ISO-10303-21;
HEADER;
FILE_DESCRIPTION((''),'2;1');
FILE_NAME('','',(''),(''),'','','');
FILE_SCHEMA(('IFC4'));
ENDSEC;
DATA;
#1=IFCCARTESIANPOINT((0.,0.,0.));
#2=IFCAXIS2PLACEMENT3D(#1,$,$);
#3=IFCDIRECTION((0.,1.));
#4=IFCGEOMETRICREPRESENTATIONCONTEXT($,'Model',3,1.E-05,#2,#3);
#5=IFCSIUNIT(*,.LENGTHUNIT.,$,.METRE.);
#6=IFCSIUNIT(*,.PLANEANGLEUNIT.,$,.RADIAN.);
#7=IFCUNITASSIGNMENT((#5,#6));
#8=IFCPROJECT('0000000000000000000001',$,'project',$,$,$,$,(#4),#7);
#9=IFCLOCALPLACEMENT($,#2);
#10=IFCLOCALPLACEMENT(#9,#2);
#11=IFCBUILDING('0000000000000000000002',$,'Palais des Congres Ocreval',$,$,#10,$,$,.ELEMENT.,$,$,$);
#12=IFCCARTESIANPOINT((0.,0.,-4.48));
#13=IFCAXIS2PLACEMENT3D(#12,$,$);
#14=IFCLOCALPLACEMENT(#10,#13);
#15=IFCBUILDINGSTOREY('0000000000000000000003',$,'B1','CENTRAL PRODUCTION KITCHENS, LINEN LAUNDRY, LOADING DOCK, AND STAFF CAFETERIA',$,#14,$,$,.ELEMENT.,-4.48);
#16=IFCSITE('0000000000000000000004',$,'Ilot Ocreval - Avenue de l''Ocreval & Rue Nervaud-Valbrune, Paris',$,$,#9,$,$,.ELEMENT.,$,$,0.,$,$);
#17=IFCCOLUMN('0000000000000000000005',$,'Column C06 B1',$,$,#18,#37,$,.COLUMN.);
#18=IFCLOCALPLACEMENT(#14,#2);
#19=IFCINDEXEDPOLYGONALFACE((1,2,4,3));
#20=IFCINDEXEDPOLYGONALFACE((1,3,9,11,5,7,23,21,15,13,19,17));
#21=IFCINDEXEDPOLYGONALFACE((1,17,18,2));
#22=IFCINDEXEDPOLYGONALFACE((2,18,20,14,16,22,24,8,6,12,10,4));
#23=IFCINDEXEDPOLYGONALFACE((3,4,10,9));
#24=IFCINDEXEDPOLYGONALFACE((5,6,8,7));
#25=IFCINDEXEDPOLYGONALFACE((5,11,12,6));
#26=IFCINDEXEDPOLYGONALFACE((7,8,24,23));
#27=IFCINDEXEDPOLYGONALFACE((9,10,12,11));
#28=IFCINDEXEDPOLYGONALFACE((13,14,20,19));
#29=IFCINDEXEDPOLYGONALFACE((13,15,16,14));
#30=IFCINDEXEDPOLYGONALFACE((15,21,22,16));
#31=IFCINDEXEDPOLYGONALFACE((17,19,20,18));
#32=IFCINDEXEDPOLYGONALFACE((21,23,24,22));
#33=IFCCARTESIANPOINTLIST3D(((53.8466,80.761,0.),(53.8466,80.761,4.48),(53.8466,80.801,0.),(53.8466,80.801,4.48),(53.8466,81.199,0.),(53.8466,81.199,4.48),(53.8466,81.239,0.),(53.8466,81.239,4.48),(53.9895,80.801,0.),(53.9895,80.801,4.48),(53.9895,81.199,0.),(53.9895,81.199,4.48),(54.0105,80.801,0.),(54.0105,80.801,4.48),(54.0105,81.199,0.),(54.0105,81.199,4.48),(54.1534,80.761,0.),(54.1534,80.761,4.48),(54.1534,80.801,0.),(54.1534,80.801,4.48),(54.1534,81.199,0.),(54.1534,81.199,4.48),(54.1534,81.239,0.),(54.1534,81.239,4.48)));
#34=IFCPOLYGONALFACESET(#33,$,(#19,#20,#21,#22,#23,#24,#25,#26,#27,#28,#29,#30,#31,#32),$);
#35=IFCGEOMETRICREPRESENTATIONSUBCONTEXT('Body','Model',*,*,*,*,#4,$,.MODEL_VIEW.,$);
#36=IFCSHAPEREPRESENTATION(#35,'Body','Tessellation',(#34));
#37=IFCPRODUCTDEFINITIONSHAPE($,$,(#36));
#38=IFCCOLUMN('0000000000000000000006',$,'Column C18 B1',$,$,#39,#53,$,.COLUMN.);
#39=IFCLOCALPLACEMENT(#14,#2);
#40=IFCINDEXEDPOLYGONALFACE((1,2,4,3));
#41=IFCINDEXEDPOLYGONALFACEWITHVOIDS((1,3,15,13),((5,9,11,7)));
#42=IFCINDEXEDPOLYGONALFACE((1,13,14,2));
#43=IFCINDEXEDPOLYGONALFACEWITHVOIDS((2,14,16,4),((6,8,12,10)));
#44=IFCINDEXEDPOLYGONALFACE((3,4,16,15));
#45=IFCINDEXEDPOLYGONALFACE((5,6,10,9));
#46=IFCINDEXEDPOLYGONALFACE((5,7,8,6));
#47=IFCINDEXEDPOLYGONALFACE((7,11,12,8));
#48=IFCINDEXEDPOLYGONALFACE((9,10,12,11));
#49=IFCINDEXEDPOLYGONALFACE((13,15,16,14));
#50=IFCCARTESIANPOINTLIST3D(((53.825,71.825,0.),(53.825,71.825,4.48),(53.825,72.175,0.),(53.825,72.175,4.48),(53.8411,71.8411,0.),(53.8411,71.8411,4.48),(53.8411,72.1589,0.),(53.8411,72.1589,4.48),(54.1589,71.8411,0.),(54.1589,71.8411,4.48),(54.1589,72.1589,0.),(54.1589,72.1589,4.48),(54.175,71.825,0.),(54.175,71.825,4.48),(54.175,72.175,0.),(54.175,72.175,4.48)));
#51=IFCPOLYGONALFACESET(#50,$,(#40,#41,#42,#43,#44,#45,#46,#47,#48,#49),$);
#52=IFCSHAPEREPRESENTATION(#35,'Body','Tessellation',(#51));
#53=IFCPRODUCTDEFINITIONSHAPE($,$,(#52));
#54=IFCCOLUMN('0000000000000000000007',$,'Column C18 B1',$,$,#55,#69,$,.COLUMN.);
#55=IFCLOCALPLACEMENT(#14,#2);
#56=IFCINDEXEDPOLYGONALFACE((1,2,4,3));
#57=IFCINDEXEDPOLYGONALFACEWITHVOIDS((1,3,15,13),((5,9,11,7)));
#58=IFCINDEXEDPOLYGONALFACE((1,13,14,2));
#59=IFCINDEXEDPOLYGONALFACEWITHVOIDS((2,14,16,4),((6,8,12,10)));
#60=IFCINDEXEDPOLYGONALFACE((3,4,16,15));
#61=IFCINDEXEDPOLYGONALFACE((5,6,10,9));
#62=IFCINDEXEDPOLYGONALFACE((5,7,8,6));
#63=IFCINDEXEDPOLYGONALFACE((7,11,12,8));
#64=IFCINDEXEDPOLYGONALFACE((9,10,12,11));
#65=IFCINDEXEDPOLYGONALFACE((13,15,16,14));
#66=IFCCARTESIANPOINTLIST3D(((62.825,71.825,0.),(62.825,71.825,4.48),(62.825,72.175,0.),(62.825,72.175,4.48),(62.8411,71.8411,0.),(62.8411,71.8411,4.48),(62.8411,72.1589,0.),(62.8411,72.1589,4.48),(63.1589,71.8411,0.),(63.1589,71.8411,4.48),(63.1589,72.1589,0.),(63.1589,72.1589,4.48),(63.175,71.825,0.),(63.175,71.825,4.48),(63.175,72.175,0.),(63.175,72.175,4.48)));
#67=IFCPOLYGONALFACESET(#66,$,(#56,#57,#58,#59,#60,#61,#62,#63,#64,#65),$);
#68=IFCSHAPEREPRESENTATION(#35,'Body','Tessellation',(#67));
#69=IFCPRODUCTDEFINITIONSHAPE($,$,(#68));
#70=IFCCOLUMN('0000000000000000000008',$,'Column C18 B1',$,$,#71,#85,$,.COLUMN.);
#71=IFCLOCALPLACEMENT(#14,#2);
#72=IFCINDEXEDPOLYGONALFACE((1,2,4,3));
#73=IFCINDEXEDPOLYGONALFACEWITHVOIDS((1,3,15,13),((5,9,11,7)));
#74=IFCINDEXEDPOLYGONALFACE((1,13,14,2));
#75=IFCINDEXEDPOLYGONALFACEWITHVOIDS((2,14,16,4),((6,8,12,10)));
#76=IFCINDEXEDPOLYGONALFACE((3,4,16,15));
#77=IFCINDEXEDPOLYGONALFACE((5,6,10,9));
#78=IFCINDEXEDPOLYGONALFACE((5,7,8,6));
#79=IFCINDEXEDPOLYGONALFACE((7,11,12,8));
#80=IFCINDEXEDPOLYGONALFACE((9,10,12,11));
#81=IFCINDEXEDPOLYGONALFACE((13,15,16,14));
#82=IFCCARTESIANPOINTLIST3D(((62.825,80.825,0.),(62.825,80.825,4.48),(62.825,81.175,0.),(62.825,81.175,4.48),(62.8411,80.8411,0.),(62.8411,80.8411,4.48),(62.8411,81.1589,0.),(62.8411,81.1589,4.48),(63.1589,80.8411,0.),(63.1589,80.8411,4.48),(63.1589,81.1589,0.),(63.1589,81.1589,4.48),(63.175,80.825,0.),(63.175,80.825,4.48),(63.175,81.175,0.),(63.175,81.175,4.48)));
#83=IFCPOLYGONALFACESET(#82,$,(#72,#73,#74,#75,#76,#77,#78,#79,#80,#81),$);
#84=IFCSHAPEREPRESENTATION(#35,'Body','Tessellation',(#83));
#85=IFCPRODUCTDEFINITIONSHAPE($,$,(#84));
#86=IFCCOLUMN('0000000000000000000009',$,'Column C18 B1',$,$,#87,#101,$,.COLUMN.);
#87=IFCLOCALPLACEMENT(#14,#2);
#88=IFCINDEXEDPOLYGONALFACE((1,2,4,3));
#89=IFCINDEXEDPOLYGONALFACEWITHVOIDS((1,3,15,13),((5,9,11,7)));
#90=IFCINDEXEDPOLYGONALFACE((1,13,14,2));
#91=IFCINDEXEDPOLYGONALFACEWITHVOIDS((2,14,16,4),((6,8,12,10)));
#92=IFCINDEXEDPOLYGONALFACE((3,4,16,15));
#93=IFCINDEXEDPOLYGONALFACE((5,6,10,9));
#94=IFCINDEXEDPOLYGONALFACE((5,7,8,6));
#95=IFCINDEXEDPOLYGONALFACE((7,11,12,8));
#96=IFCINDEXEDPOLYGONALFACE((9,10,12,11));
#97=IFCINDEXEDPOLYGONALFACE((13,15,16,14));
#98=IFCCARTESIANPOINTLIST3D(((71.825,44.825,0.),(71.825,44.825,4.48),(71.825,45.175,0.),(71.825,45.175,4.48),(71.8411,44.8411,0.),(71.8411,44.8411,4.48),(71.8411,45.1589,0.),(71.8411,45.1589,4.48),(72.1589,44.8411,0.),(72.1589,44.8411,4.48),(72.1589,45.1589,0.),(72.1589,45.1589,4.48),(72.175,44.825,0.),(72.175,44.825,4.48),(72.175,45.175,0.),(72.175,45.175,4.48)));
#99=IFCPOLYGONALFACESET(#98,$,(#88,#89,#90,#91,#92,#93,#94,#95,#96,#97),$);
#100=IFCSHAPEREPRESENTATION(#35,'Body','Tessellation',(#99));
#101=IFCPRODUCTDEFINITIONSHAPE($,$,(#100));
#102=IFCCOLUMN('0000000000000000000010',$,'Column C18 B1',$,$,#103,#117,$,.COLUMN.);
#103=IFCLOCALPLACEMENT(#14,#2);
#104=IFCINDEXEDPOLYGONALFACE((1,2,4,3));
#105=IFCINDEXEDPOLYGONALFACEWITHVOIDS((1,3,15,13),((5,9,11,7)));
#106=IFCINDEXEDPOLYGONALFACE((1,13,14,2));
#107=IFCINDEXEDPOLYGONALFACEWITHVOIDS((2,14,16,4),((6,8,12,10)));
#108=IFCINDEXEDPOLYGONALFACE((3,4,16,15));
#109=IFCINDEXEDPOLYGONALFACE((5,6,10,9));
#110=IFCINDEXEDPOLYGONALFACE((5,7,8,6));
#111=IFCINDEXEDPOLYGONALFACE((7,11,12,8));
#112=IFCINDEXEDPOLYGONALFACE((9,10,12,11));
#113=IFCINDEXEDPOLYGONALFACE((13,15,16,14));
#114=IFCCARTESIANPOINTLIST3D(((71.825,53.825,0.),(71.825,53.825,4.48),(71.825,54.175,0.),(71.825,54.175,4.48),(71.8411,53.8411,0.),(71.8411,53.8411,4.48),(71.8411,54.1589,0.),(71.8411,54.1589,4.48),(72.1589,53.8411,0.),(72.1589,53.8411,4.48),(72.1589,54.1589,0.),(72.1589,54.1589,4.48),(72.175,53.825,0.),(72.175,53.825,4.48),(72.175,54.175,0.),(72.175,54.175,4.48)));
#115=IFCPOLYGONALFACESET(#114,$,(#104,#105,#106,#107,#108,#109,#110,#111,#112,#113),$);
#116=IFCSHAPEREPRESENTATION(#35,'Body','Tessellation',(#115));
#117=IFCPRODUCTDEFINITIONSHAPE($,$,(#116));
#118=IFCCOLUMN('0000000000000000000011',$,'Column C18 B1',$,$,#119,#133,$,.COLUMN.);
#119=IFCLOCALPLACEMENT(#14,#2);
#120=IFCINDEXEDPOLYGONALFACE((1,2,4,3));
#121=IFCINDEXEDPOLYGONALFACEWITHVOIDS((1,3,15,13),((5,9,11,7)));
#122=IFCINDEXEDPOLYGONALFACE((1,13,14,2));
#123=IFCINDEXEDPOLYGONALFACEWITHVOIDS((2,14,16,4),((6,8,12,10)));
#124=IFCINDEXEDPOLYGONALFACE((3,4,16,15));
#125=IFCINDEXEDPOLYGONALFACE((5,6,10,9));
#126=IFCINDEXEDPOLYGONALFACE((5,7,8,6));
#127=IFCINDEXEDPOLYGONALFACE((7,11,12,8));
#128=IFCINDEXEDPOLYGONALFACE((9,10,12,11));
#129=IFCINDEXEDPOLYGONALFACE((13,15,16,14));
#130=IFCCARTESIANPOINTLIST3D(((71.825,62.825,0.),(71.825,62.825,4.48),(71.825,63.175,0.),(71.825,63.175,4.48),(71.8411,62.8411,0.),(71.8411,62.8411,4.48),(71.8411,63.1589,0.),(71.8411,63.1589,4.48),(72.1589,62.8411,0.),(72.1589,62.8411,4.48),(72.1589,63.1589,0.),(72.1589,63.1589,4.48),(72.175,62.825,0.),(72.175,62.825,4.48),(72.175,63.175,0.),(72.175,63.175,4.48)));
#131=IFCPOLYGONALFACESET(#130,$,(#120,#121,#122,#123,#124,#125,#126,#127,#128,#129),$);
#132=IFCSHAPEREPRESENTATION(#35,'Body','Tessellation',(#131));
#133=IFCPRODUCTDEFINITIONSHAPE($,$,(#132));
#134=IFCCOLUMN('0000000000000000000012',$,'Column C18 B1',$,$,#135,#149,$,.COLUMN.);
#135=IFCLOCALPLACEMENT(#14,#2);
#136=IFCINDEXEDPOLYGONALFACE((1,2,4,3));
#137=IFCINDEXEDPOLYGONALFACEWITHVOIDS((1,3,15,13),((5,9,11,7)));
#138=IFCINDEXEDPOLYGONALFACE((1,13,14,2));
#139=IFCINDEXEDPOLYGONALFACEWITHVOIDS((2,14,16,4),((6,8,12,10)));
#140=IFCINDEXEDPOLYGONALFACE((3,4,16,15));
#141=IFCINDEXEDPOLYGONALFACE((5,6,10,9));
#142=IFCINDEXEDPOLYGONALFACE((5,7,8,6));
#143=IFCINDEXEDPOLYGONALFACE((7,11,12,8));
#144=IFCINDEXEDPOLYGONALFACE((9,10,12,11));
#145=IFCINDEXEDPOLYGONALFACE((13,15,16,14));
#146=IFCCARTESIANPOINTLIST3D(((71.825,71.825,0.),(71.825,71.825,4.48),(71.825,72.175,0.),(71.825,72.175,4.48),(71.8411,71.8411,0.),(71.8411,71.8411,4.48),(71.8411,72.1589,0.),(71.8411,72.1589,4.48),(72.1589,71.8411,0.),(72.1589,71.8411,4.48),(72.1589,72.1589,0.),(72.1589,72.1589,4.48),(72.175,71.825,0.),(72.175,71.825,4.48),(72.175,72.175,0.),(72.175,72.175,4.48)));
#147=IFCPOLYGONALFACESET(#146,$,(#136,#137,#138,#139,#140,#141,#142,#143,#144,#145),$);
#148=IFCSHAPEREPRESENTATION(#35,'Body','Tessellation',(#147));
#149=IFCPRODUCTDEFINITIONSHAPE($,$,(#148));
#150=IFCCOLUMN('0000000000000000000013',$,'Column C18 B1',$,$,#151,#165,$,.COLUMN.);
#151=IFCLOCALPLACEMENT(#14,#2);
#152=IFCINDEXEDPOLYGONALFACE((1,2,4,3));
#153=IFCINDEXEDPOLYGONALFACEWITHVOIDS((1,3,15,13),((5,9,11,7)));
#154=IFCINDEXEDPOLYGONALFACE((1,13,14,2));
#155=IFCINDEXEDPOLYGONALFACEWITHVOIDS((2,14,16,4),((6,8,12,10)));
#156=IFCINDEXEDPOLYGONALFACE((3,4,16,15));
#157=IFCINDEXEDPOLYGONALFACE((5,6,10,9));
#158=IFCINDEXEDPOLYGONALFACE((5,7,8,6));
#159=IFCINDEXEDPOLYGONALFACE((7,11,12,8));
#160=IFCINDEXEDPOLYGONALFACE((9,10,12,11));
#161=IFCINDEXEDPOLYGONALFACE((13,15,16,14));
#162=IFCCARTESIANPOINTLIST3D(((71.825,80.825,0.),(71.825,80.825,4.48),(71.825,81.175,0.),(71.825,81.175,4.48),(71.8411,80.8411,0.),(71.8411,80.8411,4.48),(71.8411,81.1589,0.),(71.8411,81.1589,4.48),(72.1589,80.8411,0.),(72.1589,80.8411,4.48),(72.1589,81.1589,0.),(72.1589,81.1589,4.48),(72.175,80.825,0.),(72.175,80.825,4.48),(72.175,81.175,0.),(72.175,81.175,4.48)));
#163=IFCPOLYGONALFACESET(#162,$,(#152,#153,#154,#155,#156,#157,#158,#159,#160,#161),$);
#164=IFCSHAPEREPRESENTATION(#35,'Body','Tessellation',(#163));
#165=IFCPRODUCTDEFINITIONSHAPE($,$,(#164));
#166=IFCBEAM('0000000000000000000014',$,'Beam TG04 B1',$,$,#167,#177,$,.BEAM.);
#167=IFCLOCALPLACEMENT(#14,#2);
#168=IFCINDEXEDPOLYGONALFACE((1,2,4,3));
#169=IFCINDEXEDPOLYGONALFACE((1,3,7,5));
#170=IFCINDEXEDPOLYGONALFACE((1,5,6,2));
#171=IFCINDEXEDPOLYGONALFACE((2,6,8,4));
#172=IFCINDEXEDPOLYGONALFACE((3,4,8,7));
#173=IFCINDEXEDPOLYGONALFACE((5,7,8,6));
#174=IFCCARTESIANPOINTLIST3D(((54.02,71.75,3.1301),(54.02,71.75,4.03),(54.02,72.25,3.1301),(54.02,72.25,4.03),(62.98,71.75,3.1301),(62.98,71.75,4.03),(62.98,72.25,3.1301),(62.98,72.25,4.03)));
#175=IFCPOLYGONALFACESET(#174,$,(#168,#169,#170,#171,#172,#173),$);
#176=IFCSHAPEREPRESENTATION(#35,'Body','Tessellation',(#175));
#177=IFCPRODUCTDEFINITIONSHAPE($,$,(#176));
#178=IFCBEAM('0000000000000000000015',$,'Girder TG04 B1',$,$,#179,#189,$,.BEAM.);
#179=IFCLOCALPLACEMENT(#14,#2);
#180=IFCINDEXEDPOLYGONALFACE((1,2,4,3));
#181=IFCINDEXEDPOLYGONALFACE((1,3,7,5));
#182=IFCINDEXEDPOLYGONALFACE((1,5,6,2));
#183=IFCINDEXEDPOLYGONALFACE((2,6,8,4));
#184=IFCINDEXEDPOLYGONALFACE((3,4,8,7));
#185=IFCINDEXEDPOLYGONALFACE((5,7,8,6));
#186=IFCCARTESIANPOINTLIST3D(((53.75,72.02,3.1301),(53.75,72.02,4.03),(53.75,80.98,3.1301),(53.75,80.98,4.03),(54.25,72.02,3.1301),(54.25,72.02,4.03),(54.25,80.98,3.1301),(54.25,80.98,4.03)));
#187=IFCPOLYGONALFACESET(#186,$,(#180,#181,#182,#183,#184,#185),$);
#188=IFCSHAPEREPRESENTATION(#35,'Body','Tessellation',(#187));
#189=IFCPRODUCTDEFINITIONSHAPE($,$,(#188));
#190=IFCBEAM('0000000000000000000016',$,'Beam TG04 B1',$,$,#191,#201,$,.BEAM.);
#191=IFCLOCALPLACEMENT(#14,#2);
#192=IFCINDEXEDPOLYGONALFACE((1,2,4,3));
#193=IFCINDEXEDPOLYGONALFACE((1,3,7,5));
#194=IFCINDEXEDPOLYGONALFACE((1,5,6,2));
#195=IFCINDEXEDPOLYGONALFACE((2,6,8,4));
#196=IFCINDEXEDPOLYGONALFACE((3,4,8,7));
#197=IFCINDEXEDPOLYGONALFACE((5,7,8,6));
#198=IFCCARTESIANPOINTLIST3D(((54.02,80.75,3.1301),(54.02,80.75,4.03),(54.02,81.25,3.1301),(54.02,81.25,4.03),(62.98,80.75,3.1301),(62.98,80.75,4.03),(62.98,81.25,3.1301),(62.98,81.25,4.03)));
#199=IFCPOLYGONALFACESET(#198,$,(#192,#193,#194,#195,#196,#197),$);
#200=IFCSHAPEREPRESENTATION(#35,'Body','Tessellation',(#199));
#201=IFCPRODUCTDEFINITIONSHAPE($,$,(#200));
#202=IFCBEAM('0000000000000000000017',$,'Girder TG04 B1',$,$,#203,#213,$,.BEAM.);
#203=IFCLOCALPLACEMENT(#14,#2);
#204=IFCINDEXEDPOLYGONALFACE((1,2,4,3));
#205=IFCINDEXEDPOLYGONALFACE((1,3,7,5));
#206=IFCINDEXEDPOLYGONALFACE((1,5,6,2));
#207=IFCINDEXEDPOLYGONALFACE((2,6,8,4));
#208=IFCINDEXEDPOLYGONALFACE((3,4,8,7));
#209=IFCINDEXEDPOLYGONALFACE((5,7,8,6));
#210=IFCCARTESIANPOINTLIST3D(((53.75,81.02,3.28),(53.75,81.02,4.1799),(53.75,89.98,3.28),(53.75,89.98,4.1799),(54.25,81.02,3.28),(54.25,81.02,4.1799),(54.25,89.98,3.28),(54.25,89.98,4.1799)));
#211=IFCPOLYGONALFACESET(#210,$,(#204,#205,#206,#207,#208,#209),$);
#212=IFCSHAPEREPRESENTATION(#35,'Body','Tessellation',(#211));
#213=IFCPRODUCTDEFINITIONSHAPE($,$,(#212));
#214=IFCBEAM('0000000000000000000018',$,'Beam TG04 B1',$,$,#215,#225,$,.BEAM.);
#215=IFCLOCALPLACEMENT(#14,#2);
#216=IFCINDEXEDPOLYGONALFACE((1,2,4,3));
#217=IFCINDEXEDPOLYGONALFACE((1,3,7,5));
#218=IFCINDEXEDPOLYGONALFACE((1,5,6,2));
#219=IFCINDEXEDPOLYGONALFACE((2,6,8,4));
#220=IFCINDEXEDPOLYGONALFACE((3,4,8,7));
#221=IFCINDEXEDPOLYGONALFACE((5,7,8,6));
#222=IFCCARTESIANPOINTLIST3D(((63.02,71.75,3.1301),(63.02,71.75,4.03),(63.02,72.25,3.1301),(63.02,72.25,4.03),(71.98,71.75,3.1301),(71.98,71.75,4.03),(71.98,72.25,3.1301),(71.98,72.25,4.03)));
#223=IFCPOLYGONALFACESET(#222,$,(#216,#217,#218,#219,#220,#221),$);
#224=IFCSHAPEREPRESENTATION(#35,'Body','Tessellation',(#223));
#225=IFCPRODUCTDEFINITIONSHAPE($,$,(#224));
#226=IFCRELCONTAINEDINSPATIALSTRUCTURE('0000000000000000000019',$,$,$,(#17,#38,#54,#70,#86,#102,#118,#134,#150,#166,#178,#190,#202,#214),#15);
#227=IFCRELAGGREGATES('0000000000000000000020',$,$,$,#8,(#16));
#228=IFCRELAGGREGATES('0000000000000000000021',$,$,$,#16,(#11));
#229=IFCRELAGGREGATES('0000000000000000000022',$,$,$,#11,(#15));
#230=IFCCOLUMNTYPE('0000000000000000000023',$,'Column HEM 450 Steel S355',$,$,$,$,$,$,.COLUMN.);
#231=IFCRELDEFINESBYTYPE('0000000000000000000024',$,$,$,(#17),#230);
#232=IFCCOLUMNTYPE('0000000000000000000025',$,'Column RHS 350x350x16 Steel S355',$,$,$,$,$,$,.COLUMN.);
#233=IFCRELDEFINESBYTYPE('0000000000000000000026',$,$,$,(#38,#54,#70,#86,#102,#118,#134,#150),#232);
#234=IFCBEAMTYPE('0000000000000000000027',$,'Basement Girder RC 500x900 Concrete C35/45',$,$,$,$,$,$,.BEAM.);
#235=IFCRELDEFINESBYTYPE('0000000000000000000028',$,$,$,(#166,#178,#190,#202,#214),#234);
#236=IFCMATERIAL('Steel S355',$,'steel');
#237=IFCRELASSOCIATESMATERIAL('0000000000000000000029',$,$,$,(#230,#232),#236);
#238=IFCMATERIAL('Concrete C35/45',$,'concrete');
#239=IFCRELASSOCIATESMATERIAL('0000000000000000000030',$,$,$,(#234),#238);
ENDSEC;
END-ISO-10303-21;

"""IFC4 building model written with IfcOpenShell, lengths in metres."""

from ifc_helpers import new_model, si_unit, direction, frame, origin, origin_2d, place, context, subcontext, project, spatial, rectangle, hollow_rectangle, i_section, extrude, material, material_profile, profile_set, type_object, element, save


model = new_model("IFC4")

# Units and contexts
model_context = context("Model", 3, precision=1e-05, world=origin(), true_north=direction((0.0, 1.0)))
body_context = subcontext(model_context, "Body", "Model", "MODEL_VIEW")
ifc_project = project(units=[si_unit("LENGTHUNIT", "METRE"), si_unit("PLANEANGLEUNIT", "RADIAN")], contexts=[model_context])

# Site, building, storey
site_placement = place(None, origin())
site = spatial("IfcSite", under=ifc_project, at=site_placement, Name="Ilot Ocreval - Avenue de l'Ocreval & Rue Nervaud-Valbrune, Paris", CompositionType="ELEMENT", RefElevation=0.0)
building_placement = place(site_placement, origin())
building = spatial("IfcBuilding", under=site, at=building_placement, Name="Palais des Congres Ocreval", CompositionType="ELEMENT")
storey_placement = place(building_placement, frame((0.0, 0.0, -4.48)))
storey = spatial("IfcBuildingStorey", under=building, at=storey_placement, Name="B1", Description="CENTRAL PRODUCTION KITCHENS, LINEN LAUNDRY, LOADING DOCK, AND STAFF CAFETERIA", CompositionType="ELEMENT", Elevation=-4.48)

# Columns
ifc_material_1 = material(Name="Steel S355", Category="steel")
ifc_material_profile_1 = material_profile(ifc_material_1, i_section(OverallWidth=0.3069, OverallDepth=0.478, WebThickness=0.021, FlangeThickness=0.04, at=origin_2d()), Name="HEM 450")
ifc_profile_set_1 = profile_set([ifc_material_profile_1], Name="Steel S355")
column_type_1 = type_object("IfcColumnType", Name="Column HEM 450 Steel S355", PredefinedType="COLUMN", material=ifc_profile_set_1)
column_placement = place(storey_placement, frame((54.0, 81.0, 0.0), z_axis=(0.0, 0.0, 1.0), x_axis=(1.0, 0.0, 0.0)))
element("IfcColumn", 1, at=column_placement, inside=storey, type_object=column_type_1, Name="Column C06 B1", PredefinedType="COLUMN", context=body_context, shape_type="SweptSolid", body=[
    extrude(i_section(OverallWidth=0.3069, OverallDepth=0.478, WebThickness=0.021, FlangeThickness=0.04, at=origin_2d()), origin(), (0.0, 0.0, 1.0), 4.48),
])
ifc_material_profile_2 = material_profile(ifc_material_1, hollow_rectangle(XDim=0.3501, YDim=0.3501, WallThickness=0.0161, at=origin_2d()), Name="RHS 350x350x16")
ifc_profile_set_2 = profile_set([ifc_material_profile_2], Name="Steel S355")
column_type_2 = type_object("IfcColumnType", Name="Column RHS 350x350x16 Steel S355", PredefinedType="COLUMN", material=ifc_profile_set_2)
for number, where, z_axis, x_axis, name in (
    (2, (54.0, 72.0, 0.0), (0.0, 0.0, 1.0), (1.0, 0.0, 0.0), "Column C18 B1"),
    (3, (63.0, 72.0, 0.0), (0.0, 0.0, 1.0), (1.0, 0.0, 0.0), "Column C18 B1"),
    (4, (63.0, 81.0, 0.0), (0.0, 0.0, 1.0), (1.0, 0.0, 0.0), "Column C18 B1"),
    (5, (72.0, 45.0, 0.0), (0.0, 0.0, 1.0), (1.0, 0.0, 0.0), "Column C18 B1"),
    (6, (72.0, 54.0, 0.0), (0.0, 0.0, 1.0), (1.0, 0.0, 0.0), "Column C18 B1"),
    (7, (72.0, 63.0, 0.0), (0.0, 0.0, 1.0), (1.0, 0.0, 0.0), "Column C18 B1"),
    (8, (72.0, 72.0, 0.0), (0.0, 0.0, 1.0), (1.0, 0.0, 0.0), "Column C18 B1"),
    (9, (72.0, 81.0, 0.0), (0.0, 0.0, 1.0), (1.0, 0.0, 0.0), "Column C18 B1"),
):
    element("IfcColumn", number, at=place(storey_placement, frame(where, z_axis=z_axis, x_axis=x_axis)), inside=storey, type_object=column_type_2, Name=name, PredefinedType="COLUMN", context=body_context, shape_type="SweptSolid", body=[
        extrude(hollow_rectangle(XDim=0.3501, YDim=0.3501, WallThickness=0.0161, at=origin_2d()), origin(), (0.0, 0.0, 1.0), 4.48),
    ])

# Beams
ifc_material_2 = material(Name="Concrete C35/45", Category="concrete")
ifc_material_profile_3 = material_profile(ifc_material_2, rectangle(XDim=0.5, YDim=0.8999, at=origin_2d()), Name="RC 500x900")
ifc_profile_set_3 = profile_set([ifc_material_profile_3], Name="Concrete C35/45")
beam_type = type_object("IfcBeamType", Name="Basement Girder RC 500x900 Concrete C35/45", PredefinedType="BEAM", material=ifc_profile_set_3)
for number, where, z_axis, x_axis, name in (
    (10, (54.02, 72.0, 3.5801), (1.0, 0.0, 0.0), (0.0, 1.0, 0.0), "Beam TG04 B1"),
    (11, (54.0, 72.02, 3.5801), (0.0, 1.0, 0.0), (-1.0, 0.0, 0.0), "Girder TG04 B1"),
    (12, (54.02, 81.0, 3.5801), (1.0, 0.0, 0.0), (0.0, 1.0, 0.0), "Beam TG04 B1"),
    (13, (54.0, 81.02, 3.73), (0.0, 1.0, 0.0), (-1.0, 0.0, 0.0), "Girder TG04 B1"),
    (14, (63.02, 72.0, 3.5801), (1.0, 0.0, 0.0), (0.0, 1.0, 0.0), "Beam TG04 B1"),
):
    element("IfcBeam", number, at=place(storey_placement, frame(where, z_axis=z_axis, x_axis=x_axis)), inside=storey, type_object=beam_type, Name=name, PredefinedType="BEAM", context=body_context, shape_type="SweptSolid", body=[
        extrude(rectangle(XDim=0.5, YDim=0.8999, at=origin_2d()), origin(), (0.0, 0.0, 1.0), 8.96),
    ])

save(model, "model.ifc")
